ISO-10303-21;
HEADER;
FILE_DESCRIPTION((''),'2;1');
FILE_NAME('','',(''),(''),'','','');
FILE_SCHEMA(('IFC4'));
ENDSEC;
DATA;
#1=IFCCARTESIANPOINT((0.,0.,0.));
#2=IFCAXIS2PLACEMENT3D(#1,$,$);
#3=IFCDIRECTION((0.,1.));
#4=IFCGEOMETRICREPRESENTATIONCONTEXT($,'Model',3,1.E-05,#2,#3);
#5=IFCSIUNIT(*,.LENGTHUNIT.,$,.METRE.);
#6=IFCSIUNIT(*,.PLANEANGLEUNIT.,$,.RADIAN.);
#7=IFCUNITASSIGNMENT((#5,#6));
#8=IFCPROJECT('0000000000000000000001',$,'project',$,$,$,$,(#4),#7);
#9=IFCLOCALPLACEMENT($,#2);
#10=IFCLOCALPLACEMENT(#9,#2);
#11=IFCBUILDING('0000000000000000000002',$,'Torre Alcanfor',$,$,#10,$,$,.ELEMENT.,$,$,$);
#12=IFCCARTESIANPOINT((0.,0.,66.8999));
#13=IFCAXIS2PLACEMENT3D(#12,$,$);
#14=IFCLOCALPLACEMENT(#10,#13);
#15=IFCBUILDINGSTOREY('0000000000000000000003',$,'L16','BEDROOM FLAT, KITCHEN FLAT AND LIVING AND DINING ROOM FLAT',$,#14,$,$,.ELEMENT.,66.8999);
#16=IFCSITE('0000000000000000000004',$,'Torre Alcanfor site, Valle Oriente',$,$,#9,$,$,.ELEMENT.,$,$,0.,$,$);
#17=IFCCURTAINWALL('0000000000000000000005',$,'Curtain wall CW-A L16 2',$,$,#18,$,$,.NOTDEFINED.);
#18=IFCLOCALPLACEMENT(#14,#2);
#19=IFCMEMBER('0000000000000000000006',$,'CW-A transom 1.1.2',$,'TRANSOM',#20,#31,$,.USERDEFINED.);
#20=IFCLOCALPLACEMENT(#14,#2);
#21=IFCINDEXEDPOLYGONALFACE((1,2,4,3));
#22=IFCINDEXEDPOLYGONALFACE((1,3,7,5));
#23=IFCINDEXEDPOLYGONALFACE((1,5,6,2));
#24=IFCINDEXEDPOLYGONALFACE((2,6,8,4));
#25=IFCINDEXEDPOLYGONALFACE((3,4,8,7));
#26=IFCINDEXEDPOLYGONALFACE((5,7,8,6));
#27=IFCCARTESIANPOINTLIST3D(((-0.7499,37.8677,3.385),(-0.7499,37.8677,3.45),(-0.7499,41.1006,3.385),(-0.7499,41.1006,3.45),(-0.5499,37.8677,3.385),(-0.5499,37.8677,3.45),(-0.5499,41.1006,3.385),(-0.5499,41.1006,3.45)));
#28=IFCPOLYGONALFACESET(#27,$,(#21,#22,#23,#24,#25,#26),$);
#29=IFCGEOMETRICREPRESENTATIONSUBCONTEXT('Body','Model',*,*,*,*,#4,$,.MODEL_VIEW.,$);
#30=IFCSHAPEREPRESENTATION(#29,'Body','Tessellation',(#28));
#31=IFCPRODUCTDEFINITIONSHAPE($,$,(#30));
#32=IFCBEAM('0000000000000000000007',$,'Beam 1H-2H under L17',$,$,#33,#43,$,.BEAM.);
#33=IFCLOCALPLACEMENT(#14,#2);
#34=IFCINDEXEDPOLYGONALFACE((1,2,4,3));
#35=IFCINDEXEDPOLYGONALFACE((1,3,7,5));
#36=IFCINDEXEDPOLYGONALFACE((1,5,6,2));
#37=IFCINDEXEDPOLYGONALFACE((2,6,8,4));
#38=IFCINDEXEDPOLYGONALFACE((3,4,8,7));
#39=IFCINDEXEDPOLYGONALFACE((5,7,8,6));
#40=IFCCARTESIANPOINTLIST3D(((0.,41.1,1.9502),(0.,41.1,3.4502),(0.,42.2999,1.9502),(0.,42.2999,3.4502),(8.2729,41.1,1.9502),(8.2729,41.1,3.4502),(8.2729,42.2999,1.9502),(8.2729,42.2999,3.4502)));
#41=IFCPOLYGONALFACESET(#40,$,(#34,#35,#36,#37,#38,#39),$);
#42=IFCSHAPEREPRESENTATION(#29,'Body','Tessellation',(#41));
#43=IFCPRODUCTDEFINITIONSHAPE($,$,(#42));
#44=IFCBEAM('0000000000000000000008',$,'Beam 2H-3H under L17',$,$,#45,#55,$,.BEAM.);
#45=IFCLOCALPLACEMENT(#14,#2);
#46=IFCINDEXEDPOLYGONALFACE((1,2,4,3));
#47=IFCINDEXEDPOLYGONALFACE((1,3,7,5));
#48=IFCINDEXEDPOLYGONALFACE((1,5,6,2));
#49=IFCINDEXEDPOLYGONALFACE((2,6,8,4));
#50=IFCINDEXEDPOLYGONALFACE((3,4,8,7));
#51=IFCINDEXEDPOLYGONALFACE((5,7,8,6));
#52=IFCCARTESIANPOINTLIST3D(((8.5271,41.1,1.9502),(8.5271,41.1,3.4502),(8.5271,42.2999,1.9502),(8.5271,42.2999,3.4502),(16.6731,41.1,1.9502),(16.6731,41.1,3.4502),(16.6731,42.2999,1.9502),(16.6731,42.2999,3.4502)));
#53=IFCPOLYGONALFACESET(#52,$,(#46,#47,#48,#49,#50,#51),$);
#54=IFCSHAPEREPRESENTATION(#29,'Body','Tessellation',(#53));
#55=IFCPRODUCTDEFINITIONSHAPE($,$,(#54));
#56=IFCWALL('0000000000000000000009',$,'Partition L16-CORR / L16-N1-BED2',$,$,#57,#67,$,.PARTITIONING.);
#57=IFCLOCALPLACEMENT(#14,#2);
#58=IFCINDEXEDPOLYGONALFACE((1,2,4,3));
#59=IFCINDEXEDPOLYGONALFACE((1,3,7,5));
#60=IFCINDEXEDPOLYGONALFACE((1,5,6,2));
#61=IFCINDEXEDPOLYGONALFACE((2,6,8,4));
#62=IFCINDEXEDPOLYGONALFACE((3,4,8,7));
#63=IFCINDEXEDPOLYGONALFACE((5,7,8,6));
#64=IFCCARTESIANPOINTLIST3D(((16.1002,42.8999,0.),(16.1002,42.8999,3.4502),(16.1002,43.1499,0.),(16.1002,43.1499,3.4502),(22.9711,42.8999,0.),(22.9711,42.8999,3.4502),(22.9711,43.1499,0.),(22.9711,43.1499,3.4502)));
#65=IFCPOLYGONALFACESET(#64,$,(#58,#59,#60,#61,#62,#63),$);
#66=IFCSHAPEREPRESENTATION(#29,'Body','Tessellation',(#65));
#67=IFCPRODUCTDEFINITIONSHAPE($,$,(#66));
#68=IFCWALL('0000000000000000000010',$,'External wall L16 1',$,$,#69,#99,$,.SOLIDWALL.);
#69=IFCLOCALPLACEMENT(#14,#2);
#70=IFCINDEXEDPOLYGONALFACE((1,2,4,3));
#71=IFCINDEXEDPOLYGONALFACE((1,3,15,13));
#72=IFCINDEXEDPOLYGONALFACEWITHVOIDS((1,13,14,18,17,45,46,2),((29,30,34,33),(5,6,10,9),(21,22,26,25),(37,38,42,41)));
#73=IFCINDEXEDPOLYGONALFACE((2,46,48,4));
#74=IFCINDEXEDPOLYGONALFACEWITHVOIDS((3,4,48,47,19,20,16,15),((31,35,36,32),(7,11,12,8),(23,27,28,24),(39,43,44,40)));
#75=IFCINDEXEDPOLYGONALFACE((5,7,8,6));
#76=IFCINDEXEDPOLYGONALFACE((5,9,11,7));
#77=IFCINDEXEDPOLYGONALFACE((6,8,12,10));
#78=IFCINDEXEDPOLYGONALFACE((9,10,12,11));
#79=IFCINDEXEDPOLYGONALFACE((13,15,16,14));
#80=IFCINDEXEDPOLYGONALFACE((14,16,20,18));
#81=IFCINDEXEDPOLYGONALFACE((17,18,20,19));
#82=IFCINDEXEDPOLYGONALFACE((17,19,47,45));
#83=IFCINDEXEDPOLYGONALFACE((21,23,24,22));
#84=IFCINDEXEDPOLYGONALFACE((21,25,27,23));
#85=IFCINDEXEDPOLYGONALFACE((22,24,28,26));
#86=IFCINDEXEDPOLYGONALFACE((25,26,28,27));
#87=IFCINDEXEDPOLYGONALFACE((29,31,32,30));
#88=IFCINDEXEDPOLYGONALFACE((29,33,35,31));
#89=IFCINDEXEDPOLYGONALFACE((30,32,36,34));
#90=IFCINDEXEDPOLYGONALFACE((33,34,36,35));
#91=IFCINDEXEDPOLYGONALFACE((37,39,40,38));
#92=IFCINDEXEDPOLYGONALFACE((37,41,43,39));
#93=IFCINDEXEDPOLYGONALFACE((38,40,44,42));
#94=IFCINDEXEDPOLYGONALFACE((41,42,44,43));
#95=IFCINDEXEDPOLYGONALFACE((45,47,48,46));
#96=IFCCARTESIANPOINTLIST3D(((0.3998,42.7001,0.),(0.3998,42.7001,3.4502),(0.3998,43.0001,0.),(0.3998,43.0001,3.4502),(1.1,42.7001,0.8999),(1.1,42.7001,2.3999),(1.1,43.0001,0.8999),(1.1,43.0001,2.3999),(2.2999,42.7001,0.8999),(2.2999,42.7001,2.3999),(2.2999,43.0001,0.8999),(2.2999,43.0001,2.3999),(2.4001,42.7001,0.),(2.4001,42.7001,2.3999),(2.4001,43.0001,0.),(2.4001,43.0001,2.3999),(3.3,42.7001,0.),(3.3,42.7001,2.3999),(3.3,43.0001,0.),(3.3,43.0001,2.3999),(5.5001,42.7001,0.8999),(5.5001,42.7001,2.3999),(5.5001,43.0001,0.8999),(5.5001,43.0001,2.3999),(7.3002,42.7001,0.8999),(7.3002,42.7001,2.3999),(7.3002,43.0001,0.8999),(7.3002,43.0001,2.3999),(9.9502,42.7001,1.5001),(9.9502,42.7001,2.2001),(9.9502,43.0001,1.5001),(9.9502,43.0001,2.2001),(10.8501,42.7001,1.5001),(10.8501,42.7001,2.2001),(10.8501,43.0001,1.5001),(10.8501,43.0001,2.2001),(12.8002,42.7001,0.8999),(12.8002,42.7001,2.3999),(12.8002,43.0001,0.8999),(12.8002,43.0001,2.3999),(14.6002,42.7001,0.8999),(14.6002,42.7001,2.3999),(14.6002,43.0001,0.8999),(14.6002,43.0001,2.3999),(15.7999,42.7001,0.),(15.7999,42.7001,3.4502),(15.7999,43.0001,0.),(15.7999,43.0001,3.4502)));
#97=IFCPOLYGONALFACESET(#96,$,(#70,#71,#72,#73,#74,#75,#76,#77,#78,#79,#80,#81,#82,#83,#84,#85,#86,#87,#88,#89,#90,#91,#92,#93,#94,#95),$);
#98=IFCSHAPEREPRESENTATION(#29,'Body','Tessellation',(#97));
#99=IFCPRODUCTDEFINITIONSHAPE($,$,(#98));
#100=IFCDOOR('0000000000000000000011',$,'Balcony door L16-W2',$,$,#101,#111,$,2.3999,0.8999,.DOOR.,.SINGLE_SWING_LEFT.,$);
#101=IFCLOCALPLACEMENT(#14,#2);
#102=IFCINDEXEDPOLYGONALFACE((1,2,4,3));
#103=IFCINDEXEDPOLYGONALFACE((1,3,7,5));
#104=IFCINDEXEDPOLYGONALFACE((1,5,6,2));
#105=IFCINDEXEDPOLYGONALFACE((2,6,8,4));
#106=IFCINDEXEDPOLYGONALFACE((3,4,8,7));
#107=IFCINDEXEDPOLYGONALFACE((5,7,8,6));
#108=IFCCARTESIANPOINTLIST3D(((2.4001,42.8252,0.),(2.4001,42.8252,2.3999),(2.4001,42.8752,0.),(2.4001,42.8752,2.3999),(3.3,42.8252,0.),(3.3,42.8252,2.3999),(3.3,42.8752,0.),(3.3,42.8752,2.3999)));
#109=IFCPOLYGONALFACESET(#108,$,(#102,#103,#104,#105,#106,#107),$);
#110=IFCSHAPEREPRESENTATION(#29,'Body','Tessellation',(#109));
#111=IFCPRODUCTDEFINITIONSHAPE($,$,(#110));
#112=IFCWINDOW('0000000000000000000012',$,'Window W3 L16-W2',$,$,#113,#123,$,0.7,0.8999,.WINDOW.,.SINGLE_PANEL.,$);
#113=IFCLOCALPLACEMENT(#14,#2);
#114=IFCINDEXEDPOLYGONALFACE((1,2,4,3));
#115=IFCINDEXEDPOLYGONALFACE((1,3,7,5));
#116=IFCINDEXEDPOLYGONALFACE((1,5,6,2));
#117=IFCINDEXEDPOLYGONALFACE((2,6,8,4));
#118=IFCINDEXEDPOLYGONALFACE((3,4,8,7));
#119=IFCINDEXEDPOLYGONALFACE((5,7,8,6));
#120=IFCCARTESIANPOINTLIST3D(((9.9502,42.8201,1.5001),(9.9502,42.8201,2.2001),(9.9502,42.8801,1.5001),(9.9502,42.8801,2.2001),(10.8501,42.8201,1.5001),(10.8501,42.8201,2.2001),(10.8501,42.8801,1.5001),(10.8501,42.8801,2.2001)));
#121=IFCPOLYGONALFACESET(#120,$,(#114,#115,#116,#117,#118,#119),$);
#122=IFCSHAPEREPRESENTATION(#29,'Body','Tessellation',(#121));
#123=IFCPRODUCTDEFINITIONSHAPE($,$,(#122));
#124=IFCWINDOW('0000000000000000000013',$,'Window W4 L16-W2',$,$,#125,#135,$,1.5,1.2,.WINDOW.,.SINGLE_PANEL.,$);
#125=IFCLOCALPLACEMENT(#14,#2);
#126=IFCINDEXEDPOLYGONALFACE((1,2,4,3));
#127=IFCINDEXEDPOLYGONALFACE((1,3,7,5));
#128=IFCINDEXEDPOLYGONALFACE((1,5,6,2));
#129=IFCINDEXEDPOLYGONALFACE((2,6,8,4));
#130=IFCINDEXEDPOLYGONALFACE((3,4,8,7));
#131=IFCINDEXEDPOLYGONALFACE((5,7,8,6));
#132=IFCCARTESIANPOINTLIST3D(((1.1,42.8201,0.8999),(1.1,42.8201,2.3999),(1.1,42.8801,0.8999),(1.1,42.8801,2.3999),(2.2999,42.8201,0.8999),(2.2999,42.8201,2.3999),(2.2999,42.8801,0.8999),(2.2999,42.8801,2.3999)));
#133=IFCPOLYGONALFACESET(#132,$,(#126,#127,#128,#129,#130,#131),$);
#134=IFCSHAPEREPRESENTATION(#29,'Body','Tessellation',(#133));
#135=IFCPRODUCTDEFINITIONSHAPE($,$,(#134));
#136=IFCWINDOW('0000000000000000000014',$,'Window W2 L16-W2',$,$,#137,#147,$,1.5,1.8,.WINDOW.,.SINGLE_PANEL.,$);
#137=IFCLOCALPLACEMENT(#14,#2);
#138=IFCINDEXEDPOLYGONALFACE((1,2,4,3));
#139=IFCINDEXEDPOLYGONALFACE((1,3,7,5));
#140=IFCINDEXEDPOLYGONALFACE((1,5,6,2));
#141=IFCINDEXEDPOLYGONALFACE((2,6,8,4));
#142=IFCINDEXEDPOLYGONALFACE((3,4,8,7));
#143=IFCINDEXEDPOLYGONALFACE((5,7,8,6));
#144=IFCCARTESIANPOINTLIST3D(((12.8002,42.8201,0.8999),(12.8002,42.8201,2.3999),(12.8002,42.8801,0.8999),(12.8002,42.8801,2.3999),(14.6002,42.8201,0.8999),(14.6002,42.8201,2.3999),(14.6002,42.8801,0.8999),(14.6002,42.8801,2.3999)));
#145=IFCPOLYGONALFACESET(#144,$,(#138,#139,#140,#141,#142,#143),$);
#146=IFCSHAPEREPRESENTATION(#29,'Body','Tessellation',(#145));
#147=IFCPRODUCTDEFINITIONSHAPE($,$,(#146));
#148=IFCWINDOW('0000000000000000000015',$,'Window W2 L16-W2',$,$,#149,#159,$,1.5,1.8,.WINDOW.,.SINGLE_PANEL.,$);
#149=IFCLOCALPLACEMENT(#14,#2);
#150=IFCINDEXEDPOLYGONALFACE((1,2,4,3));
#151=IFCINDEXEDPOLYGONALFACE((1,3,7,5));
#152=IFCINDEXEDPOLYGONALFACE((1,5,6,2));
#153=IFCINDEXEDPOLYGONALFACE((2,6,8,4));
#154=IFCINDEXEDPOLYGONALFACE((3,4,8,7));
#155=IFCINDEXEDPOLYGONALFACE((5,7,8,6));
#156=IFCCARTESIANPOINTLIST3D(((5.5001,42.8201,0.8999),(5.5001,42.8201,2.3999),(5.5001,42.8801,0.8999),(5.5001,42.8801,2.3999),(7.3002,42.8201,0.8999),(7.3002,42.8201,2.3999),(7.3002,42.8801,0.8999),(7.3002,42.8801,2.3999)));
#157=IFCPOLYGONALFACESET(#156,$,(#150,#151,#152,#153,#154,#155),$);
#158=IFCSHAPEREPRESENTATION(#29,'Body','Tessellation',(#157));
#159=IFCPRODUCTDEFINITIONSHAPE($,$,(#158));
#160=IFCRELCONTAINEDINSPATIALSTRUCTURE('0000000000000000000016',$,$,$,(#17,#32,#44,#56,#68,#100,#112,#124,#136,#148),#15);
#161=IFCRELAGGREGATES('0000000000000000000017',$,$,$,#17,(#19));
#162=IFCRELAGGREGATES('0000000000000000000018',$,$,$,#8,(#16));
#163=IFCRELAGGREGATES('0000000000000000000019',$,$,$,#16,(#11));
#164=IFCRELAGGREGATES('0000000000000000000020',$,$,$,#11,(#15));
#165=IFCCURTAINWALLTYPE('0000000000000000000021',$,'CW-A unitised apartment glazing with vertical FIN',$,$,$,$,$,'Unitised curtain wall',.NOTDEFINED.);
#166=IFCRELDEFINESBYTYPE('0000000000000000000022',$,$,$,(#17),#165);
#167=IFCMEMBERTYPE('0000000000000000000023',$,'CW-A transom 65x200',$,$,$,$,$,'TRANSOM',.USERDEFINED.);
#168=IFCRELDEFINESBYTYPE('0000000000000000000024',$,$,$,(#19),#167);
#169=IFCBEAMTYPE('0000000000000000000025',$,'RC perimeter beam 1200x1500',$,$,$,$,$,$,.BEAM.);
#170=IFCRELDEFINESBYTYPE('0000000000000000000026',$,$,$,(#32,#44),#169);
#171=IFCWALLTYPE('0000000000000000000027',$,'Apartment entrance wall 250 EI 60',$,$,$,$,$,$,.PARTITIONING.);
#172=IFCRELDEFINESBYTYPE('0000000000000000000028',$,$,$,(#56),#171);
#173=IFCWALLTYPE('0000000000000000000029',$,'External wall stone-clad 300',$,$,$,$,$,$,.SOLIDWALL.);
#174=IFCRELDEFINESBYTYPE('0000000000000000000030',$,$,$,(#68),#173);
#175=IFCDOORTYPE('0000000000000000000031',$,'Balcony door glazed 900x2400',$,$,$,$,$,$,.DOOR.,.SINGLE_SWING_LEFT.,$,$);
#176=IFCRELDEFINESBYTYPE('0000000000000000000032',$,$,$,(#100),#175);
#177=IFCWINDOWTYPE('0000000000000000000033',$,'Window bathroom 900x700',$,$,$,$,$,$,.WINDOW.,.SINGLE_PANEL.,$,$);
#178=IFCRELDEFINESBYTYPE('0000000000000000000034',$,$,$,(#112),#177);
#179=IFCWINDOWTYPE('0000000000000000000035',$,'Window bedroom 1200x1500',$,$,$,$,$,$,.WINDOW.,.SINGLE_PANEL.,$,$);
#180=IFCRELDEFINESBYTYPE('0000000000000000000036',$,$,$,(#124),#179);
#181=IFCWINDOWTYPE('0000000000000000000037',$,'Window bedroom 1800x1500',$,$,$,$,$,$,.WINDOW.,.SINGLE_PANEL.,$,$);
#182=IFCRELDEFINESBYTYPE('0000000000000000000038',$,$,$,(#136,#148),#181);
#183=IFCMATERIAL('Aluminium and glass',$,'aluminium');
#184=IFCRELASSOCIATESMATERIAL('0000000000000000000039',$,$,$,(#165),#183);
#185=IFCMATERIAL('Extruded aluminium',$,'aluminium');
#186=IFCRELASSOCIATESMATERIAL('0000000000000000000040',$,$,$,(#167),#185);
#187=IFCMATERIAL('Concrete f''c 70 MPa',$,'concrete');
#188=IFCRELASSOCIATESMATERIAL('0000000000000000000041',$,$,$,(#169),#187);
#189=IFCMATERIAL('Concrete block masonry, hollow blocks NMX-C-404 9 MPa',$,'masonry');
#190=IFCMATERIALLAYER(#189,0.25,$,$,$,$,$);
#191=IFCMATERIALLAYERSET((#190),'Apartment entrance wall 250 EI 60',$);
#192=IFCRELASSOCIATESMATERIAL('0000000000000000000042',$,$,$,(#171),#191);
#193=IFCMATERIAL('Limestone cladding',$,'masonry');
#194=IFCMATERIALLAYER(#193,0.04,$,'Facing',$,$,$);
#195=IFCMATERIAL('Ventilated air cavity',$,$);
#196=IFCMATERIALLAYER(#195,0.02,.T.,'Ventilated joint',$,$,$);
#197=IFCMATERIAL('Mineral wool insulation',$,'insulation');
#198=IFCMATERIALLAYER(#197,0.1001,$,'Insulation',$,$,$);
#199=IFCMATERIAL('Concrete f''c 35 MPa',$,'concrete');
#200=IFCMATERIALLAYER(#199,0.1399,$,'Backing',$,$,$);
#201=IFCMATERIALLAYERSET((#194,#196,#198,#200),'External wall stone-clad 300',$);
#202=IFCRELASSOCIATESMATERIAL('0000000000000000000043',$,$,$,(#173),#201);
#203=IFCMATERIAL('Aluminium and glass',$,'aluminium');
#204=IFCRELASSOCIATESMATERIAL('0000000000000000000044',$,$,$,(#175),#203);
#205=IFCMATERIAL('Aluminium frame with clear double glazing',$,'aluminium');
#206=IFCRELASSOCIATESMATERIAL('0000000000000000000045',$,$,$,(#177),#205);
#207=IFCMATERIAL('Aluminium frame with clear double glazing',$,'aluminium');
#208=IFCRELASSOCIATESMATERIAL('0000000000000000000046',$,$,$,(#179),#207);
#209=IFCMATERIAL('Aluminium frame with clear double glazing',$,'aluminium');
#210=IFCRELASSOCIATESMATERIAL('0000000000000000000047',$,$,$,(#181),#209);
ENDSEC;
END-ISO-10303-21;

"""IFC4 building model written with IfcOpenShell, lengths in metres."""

from ifc_helpers import new_model, si_unit, direction, frame, frame_2d, origin, origin_2d, place, context, subcontext, project, spatial, rectangle, extrude, material, layer, layer_set, material_profile, profile_set, type_object, element, fill, aggregate, save


model = new_model("IFC4")

# Units and contexts
model_context = context("Model", 3, precision=1e-05, world=origin(), true_north=direction((0.0, 1.0)))
body_context = subcontext(model_context, "Body", "Model", "MODEL_VIEW")
ifc_project = project(units=[si_unit("LENGTHUNIT", "METRE"), si_unit("PLANEANGLEUNIT", "RADIAN")], contexts=[model_context])

# Site, building, storey
site_placement = place(None, origin())
site = spatial("IfcSite", under=ifc_project, at=site_placement, Name="Torre Alcanfor site, Valle Oriente", CompositionType="ELEMENT", RefElevation=0.0)
building_placement = place(site_placement, origin())
building = spatial("IfcBuilding", under=site, at=building_placement, Name="Torre Alcanfor", CompositionType="ELEMENT")
storey_placement = place(building_placement, frame((0.0, 0.0, 66.8999)))
storey = spatial("IfcBuildingStorey", under=building, at=storey_placement, Name="L16", Description="BEDROOM FLAT, KITCHEN FLAT AND LIVING AND DINING ROOM FLAT", CompositionType="ELEMENT", Elevation=66.8999)

# Curtain wall, member
ifc_material_1 = material(Name="Aluminium and glass", Category="aluminium")
curtain_wall_type = type_object("IfcCurtainWallType", Name="CW-A unitised apartment glazing with vertical FIN", ElementType="Unitised curtain wall", PredefinedType="NOTDEFINED", material=ifc_material_1)
curtain_wall_placement = place(storey_placement, origin())
curtain_wall = element("IfcCurtainWall", 1, at=curtain_wall_placement, inside=storey, type_object=curtain_wall_type, Name="Curtain wall CW-A L16 2", PredefinedType="NOTDEFINED")
ifc_material_2 = material(Name="Extruded aluminium", Category="aluminium")
ifc_material_profile_1 = material_profile(ifc_material_2, rectangle(XDim=0.2, YDim=0.0649, at=origin_2d()), Name="CW-A transom 200x65")
ifc_profile_set_1 = profile_set([ifc_material_profile_1], Name="Extruded aluminium")
member_type_1 = type_object("IfcMemberType", Name="CW-A transom 65x200", ElementType="TRANSOM", PredefinedType="USERDEFINED", material=ifc_profile_set_1)
member_1_placement = place(storey_placement, frame((-0.6499, 41.1006, 3.4175), z_axis=(0.0, -1.0, 0.0), x_axis=(1.0, 0.0, 0.0)))
member_1 = element("IfcMember", 2, at=member_1_placement, type_object=member_type_1, Name="CW-A transom 1.1.2", ObjectType="TRANSOM", PredefinedType="USERDEFINED", context=body_context, shape_type="SweptSolid", body=[
    extrude(rectangle(XDim=0.2, YDim=0.0649, at=origin_2d()), origin(), (0.0, 0.0, 1.0), 3.2329),
])
aggregate(curtain_wall, [member_1])

# Beams
ifc_material_3 = material(Name="Concrete f'c 70 MPa", Category="concrete")
ifc_material_profile_2 = material_profile(ifc_material_3, rectangle(XDim=1.2, YDim=1.5, at=origin_2d()), Name="1200x1500")
ifc_profile_set_2 = profile_set([ifc_material_profile_2], Name="Concrete f'c 70 MPa")
beam_type_1 = type_object("IfcBeamType", Name="RC perimeter beam 1200x1500", PredefinedType="BEAM", material=ifc_profile_set_2)
beam_1_placement = place(storey_placement, frame((0.0, 41.7, 2.7002), z_axis=(1.0, 0.0, 0.0), x_axis=(0.0, 1.0, 0.0)))
element("IfcBeam", 3, at=beam_1_placement, inside=storey, type_object=beam_type_1, Name="Beam 1H-2H under L17", PredefinedType="BEAM", context=body_context, shape_type="SweptSolid", body=[
    extrude(rectangle(XDim=1.2, YDim=1.5, at=origin_2d()), origin(), (0.0, 0.0, 1.0), 8.2729),
])
beam_2_placement = place(storey_placement, frame((8.5271, 41.7, 2.7002), z_axis=(1.0, 0.0, 0.0), x_axis=(0.0, 1.0, 0.0)))
element("IfcBeam", 4, at=beam_2_placement, inside=storey, type_object=beam_type_1, Name="Beam 2H-3H under L17", PredefinedType="BEAM", context=body_context, shape_type="SweptSolid", body=[
    extrude(rectangle(XDim=1.2, YDim=1.5, at=origin_2d()), origin(), (0.0, 0.0, 1.0), 8.146),
])

# Wall
ifc_material_4 = material(Name="Concrete block masonry, hollow blocks NMX-C-404 9 MPa", Category="masonry")
ifc_layer_1 = layer(ifc_material_4, 0.25)
ifc_layer_set_1 = layer_set([ifc_layer_1], Name="Apartment entrance wall 250 EI 60")
wall_type_1 = type_object("IfcWallType", Name="Apartment entrance wall 250 EI 60", PredefinedType="PARTITIONING", material=ifc_layer_set_1)
wall_1_placement = place(storey_placement, frame((16.1001, 43.0249, 0.0), z_axis=(0.0, 0.0, 1.0), x_axis=(1.0, 0.0, 0.0)))
element("IfcWall", 5, at=wall_1_placement, inside=storey, type_object=wall_type_1, Name="Partition L16-CORR / L16-N1-BED2", PredefinedType="PARTITIONING", context=body_context, shape_type="SweptSolid", body=[
    extrude(rectangle(XDim=6.8708, YDim=0.25, at=frame_2d((3.4355, 0.0))), origin(), (0.0, 0.0, 1.0), 3.4502),
])

# Wall, openings, door, windows
ifc_material_5 = material(Name="Limestone cladding", Category="masonry")
ifc_layer_2 = layer(ifc_material_5, 0.04, Name="Facing")
ifc_material_6 = material(Name="Ventilated air cavity")
ifc_layer_3 = layer(ifc_material_6, 0.02, ventilated=True, Name="Ventilated joint")
ifc_material_7 = material(Name="Mineral wool insulation", Category="insulation")
ifc_layer_4 = layer(ifc_material_7, 0.1001, Name="Insulation")
ifc_material_8 = material(Name="Concrete f'c 35 MPa", Category="concrete")
ifc_layer_5 = layer(ifc_material_8, 0.1399, Name="Backing")
ifc_layer_set_2 = layer_set([ifc_layer_2, ifc_layer_3, ifc_layer_4, ifc_layer_5], Name="External wall stone-clad 300")
wall_type_2 = type_object("IfcWallType", Name="External wall stone-clad 300", PredefinedType="SOLIDWALL", material=ifc_layer_set_2)
wall_2_placement = place(storey_placement, frame((15.8, 42.8501, 0.0), z_axis=(0.0, 0.0, 1.0), x_axis=(-1.0, 0.0, 0.0)))
wall_2 = element("IfcWall", 6, at=wall_2_placement, inside=storey, type_object=wall_type_2, Name="External wall L16 1", PredefinedType="SOLIDWALL", context=body_context, shape_type="SweptSolid", body=[
    extrude(rectangle(XDim=15.4001, YDim=0.3, at=frame_2d((7.7002, 0.0))), origin(), (0.0, 0.0, 1.0), 3.4502),
])
opening_1_placement = place(wall_2_placement, frame((1.2, 0.0, 0.8999)))
opening_1 = element("IfcOpeningElement", 7, at=opening_1_placement, cuts=wall_2, PredefinedType="OPENING", context=body_context, shape_type="SweptSolid", body=[
    extrude(rectangle(XDim=1.8, YDim=1.5, at=frame_2d((0.8999, 0.75))), frame((0.0, 0.1599, 0.0), z_axis=(0.0, -1.0, 0.0), x_axis=(1.0, 0.0, 0.0)), (0.0, 0.0, 1.0), 0.3201),
])
opening_2_placement = place(wall_2_placement, frame((4.95, 0.0, 1.5)))
opening_2 = element("IfcOpeningElement", 8, at=opening_2_placement, cuts=wall_2, PredefinedType="OPENING", context=body_context, shape_type="SweptSolid", body=[
    extrude(rectangle(XDim=0.8999, YDim=0.7, at=frame_2d((0.45, 0.3501))), frame((0.0, 0.1599, 0.0), z_axis=(0.0, -1.0, 0.0), x_axis=(1.0, 0.0, 0.0)), (0.0, 0.0, 1.0), 0.3201),
])
opening_3_placement = place(wall_2_placement, frame((8.5, 0.0, 0.8999)))
opening_3 = element("IfcOpeningElement", 9, at=opening_3_placement, cuts=wall_2, PredefinedType="OPENING", context=body_context, shape_type="SweptSolid", body=[
    extrude(rectangle(XDim=1.8, YDim=1.5, at=frame_2d((0.8999, 0.75))), frame((0.0, 0.1599, 0.0), z_axis=(0.0, -1.0, 0.0), x_axis=(1.0, 0.0, 0.0)), (0.0, 0.0, 1.0), 0.3201),
])
opening_4_placement = place(wall_2_placement, frame((12.5, 0.0, 0.0)))
opening_4 = element("IfcOpeningElement", 10, at=opening_4_placement, cuts=wall_2, PredefinedType="OPENING", context=body_context, shape_type="SweptSolid", body=[
    extrude(rectangle(XDim=0.8999, YDim=2.3999, at=frame_2d((0.45, 1.2))), frame((0.0, 0.1599, 0.0), z_axis=(0.0, -1.0, 0.0), x_axis=(1.0, 0.0, 0.0)), (0.0, 0.0, 1.0), 0.3201),
])
opening_5_placement = place(wall_2_placement, frame((13.5, 0.0, 0.8999)))
opening_5 = element("IfcOpeningElement", 11, at=opening_5_placement, cuts=wall_2, PredefinedType="OPENING", context=body_context, shape_type="SweptSolid", body=[
    extrude(rectangle(XDim=1.2, YDim=1.5, at=frame_2d((0.6001, 0.75))), frame((0.0, 0.1599, 0.0), z_axis=(0.0, -1.0, 0.0), x_axis=(1.0, 0.0, 0.0)), (0.0, 0.0, 1.0), 0.3201),
])
ifc_material_9 = material(Name="Aluminium and glass", Category="aluminium")
door_type = type_object("IfcDoorType", Name="Balcony door glazed 900x2400", OperationType="SINGLE_SWING_LEFT", PredefinedType="DOOR", material=ifc_material_9)
door_1_placement = place(opening_4_placement, origin())
door_1 = element("IfcDoor", 12, at=door_1_placement, inside=storey, type_object=door_type, Name="Balcony door L16-W2", OperationType="SINGLE_SWING_LEFT", OverallHeight=2.3999, OverallWidth=0.8999, PredefinedType="DOOR", context=body_context, shape_type="SweptSolid", body=[
    extrude(rectangle(XDim=0.8999, YDim=2.3999, at=frame_2d((0.45, 1.2))), frame((0.0, 0.0249, 0.0), z_axis=(0.0, -1.0, 0.0), x_axis=(1.0, 0.0, 0.0)), (0.0, 0.0, 1.0), 0.05),
])
fill(opening_4, door_1)
ifc_material_10 = material(Name="Aluminium frame with clear double glazing", Category="aluminium")
window_type_1 = type_object("IfcWindowType", Name="Window bathroom 900x700", PartitioningType="SINGLE_PANEL", PredefinedType="WINDOW", material=ifc_material_10)
window_1_placement = place(opening_2_placement, origin())
window_1 = element("IfcWindow", 13, at=window_1_placement, inside=storey, type_object=window_type_1, Name="Window W3 L16-W2", OverallHeight=0.7, OverallWidth=0.8999, PartitioningType="SINGLE_PANEL", PredefinedType="WINDOW", context=body_context, shape_type="SweptSolid", body=[
    extrude(rectangle(XDim=0.8999, YDim=0.7, at=frame_2d((0.45, 0.3501))), frame((0.0, 0.03, 0.0), z_axis=(0.0, -1.0, 0.0), x_axis=(1.0, 0.0, 0.0)), (0.0, 0.0, 1.0), 0.0601),
])
fill(opening_2, window_1)
ifc_material_11 = material(Name="Aluminium frame with clear double glazing", Category="aluminium")
window_type_2 = type_object("IfcWindowType", Name="Window bedroom 1200x1500", PartitioningType="SINGLE_PANEL", PredefinedType="WINDOW", material=ifc_material_11)
window_2_placement = place(opening_5_placement, origin())
window_2 = element("IfcWindow", 14, at=window_2_placement, inside=storey, type_object=window_type_2, Name="Window W4 L16-W2", OverallHeight=1.5, OverallWidth=1.2, PartitioningType="SINGLE_PANEL", PredefinedType="WINDOW", context=body_context, shape_type="SweptSolid", body=[
    extrude(rectangle(XDim=1.2, YDim=1.5, at=frame_2d((0.6001, 0.75))), frame((0.0, 0.03, 0.0), z_axis=(0.0, -1.0, 0.0), x_axis=(1.0, 0.0, 0.0)), (0.0, 0.0, 1.0), 0.0601),
])
fill(opening_5, window_2)
ifc_material_12 = material(Name="Aluminium frame with clear double glazing", Category="aluminium")
window_type_3 = type_object("IfcWindowType", Name="Window bedroom 1800x1500", PartitioningType="SINGLE_PANEL", PredefinedType="WINDOW", material=ifc_material_12)
window_3_placement = place(opening_1_placement, origin())
window_3 = element("IfcWindow", 15, at=window_3_placement, inside=storey, type_object=window_type_3, Name="Window W2 L16-W2", OverallHeight=1.5, OverallWidth=1.8, PartitioningType="SINGLE_PANEL", PredefinedType="WINDOW", context=body_context, shape_type="SweptSolid", body=[
    extrude(rectangle(XDim=1.8, YDim=1.5, at=frame_2d((0.8999, 0.75))), frame((0.0, 0.03, 0.0), z_axis=(0.0, -1.0, 0.0), x_axis=(1.0, 0.0, 0.0)), (0.0, 0.0, 1.0), 0.0601),
])
fill(opening_1, window_3)
window_4_placement = place(opening_3_placement, origin())
window_4 = element("IfcWindow", 16, at=window_4_placement, inside=storey, type_object=window_type_3, Name="Window W2 L16-W2", OverallHeight=1.5, OverallWidth=1.8, PartitioningType="SINGLE_PANEL", PredefinedType="WINDOW", context=body_context, shape_type="SweptSolid", body=[
    extrude(rectangle(XDim=1.8, YDim=1.5, at=frame_2d((0.8999, 0.75))), frame((0.0, 0.03, 0.0), z_axis=(0.0, -1.0, 0.0), x_axis=(1.0, 0.0, 0.0)), (0.0, 0.0, 1.0), 0.0601),
])
fill(opening_3, window_4)

save(model, "model.ifc")
